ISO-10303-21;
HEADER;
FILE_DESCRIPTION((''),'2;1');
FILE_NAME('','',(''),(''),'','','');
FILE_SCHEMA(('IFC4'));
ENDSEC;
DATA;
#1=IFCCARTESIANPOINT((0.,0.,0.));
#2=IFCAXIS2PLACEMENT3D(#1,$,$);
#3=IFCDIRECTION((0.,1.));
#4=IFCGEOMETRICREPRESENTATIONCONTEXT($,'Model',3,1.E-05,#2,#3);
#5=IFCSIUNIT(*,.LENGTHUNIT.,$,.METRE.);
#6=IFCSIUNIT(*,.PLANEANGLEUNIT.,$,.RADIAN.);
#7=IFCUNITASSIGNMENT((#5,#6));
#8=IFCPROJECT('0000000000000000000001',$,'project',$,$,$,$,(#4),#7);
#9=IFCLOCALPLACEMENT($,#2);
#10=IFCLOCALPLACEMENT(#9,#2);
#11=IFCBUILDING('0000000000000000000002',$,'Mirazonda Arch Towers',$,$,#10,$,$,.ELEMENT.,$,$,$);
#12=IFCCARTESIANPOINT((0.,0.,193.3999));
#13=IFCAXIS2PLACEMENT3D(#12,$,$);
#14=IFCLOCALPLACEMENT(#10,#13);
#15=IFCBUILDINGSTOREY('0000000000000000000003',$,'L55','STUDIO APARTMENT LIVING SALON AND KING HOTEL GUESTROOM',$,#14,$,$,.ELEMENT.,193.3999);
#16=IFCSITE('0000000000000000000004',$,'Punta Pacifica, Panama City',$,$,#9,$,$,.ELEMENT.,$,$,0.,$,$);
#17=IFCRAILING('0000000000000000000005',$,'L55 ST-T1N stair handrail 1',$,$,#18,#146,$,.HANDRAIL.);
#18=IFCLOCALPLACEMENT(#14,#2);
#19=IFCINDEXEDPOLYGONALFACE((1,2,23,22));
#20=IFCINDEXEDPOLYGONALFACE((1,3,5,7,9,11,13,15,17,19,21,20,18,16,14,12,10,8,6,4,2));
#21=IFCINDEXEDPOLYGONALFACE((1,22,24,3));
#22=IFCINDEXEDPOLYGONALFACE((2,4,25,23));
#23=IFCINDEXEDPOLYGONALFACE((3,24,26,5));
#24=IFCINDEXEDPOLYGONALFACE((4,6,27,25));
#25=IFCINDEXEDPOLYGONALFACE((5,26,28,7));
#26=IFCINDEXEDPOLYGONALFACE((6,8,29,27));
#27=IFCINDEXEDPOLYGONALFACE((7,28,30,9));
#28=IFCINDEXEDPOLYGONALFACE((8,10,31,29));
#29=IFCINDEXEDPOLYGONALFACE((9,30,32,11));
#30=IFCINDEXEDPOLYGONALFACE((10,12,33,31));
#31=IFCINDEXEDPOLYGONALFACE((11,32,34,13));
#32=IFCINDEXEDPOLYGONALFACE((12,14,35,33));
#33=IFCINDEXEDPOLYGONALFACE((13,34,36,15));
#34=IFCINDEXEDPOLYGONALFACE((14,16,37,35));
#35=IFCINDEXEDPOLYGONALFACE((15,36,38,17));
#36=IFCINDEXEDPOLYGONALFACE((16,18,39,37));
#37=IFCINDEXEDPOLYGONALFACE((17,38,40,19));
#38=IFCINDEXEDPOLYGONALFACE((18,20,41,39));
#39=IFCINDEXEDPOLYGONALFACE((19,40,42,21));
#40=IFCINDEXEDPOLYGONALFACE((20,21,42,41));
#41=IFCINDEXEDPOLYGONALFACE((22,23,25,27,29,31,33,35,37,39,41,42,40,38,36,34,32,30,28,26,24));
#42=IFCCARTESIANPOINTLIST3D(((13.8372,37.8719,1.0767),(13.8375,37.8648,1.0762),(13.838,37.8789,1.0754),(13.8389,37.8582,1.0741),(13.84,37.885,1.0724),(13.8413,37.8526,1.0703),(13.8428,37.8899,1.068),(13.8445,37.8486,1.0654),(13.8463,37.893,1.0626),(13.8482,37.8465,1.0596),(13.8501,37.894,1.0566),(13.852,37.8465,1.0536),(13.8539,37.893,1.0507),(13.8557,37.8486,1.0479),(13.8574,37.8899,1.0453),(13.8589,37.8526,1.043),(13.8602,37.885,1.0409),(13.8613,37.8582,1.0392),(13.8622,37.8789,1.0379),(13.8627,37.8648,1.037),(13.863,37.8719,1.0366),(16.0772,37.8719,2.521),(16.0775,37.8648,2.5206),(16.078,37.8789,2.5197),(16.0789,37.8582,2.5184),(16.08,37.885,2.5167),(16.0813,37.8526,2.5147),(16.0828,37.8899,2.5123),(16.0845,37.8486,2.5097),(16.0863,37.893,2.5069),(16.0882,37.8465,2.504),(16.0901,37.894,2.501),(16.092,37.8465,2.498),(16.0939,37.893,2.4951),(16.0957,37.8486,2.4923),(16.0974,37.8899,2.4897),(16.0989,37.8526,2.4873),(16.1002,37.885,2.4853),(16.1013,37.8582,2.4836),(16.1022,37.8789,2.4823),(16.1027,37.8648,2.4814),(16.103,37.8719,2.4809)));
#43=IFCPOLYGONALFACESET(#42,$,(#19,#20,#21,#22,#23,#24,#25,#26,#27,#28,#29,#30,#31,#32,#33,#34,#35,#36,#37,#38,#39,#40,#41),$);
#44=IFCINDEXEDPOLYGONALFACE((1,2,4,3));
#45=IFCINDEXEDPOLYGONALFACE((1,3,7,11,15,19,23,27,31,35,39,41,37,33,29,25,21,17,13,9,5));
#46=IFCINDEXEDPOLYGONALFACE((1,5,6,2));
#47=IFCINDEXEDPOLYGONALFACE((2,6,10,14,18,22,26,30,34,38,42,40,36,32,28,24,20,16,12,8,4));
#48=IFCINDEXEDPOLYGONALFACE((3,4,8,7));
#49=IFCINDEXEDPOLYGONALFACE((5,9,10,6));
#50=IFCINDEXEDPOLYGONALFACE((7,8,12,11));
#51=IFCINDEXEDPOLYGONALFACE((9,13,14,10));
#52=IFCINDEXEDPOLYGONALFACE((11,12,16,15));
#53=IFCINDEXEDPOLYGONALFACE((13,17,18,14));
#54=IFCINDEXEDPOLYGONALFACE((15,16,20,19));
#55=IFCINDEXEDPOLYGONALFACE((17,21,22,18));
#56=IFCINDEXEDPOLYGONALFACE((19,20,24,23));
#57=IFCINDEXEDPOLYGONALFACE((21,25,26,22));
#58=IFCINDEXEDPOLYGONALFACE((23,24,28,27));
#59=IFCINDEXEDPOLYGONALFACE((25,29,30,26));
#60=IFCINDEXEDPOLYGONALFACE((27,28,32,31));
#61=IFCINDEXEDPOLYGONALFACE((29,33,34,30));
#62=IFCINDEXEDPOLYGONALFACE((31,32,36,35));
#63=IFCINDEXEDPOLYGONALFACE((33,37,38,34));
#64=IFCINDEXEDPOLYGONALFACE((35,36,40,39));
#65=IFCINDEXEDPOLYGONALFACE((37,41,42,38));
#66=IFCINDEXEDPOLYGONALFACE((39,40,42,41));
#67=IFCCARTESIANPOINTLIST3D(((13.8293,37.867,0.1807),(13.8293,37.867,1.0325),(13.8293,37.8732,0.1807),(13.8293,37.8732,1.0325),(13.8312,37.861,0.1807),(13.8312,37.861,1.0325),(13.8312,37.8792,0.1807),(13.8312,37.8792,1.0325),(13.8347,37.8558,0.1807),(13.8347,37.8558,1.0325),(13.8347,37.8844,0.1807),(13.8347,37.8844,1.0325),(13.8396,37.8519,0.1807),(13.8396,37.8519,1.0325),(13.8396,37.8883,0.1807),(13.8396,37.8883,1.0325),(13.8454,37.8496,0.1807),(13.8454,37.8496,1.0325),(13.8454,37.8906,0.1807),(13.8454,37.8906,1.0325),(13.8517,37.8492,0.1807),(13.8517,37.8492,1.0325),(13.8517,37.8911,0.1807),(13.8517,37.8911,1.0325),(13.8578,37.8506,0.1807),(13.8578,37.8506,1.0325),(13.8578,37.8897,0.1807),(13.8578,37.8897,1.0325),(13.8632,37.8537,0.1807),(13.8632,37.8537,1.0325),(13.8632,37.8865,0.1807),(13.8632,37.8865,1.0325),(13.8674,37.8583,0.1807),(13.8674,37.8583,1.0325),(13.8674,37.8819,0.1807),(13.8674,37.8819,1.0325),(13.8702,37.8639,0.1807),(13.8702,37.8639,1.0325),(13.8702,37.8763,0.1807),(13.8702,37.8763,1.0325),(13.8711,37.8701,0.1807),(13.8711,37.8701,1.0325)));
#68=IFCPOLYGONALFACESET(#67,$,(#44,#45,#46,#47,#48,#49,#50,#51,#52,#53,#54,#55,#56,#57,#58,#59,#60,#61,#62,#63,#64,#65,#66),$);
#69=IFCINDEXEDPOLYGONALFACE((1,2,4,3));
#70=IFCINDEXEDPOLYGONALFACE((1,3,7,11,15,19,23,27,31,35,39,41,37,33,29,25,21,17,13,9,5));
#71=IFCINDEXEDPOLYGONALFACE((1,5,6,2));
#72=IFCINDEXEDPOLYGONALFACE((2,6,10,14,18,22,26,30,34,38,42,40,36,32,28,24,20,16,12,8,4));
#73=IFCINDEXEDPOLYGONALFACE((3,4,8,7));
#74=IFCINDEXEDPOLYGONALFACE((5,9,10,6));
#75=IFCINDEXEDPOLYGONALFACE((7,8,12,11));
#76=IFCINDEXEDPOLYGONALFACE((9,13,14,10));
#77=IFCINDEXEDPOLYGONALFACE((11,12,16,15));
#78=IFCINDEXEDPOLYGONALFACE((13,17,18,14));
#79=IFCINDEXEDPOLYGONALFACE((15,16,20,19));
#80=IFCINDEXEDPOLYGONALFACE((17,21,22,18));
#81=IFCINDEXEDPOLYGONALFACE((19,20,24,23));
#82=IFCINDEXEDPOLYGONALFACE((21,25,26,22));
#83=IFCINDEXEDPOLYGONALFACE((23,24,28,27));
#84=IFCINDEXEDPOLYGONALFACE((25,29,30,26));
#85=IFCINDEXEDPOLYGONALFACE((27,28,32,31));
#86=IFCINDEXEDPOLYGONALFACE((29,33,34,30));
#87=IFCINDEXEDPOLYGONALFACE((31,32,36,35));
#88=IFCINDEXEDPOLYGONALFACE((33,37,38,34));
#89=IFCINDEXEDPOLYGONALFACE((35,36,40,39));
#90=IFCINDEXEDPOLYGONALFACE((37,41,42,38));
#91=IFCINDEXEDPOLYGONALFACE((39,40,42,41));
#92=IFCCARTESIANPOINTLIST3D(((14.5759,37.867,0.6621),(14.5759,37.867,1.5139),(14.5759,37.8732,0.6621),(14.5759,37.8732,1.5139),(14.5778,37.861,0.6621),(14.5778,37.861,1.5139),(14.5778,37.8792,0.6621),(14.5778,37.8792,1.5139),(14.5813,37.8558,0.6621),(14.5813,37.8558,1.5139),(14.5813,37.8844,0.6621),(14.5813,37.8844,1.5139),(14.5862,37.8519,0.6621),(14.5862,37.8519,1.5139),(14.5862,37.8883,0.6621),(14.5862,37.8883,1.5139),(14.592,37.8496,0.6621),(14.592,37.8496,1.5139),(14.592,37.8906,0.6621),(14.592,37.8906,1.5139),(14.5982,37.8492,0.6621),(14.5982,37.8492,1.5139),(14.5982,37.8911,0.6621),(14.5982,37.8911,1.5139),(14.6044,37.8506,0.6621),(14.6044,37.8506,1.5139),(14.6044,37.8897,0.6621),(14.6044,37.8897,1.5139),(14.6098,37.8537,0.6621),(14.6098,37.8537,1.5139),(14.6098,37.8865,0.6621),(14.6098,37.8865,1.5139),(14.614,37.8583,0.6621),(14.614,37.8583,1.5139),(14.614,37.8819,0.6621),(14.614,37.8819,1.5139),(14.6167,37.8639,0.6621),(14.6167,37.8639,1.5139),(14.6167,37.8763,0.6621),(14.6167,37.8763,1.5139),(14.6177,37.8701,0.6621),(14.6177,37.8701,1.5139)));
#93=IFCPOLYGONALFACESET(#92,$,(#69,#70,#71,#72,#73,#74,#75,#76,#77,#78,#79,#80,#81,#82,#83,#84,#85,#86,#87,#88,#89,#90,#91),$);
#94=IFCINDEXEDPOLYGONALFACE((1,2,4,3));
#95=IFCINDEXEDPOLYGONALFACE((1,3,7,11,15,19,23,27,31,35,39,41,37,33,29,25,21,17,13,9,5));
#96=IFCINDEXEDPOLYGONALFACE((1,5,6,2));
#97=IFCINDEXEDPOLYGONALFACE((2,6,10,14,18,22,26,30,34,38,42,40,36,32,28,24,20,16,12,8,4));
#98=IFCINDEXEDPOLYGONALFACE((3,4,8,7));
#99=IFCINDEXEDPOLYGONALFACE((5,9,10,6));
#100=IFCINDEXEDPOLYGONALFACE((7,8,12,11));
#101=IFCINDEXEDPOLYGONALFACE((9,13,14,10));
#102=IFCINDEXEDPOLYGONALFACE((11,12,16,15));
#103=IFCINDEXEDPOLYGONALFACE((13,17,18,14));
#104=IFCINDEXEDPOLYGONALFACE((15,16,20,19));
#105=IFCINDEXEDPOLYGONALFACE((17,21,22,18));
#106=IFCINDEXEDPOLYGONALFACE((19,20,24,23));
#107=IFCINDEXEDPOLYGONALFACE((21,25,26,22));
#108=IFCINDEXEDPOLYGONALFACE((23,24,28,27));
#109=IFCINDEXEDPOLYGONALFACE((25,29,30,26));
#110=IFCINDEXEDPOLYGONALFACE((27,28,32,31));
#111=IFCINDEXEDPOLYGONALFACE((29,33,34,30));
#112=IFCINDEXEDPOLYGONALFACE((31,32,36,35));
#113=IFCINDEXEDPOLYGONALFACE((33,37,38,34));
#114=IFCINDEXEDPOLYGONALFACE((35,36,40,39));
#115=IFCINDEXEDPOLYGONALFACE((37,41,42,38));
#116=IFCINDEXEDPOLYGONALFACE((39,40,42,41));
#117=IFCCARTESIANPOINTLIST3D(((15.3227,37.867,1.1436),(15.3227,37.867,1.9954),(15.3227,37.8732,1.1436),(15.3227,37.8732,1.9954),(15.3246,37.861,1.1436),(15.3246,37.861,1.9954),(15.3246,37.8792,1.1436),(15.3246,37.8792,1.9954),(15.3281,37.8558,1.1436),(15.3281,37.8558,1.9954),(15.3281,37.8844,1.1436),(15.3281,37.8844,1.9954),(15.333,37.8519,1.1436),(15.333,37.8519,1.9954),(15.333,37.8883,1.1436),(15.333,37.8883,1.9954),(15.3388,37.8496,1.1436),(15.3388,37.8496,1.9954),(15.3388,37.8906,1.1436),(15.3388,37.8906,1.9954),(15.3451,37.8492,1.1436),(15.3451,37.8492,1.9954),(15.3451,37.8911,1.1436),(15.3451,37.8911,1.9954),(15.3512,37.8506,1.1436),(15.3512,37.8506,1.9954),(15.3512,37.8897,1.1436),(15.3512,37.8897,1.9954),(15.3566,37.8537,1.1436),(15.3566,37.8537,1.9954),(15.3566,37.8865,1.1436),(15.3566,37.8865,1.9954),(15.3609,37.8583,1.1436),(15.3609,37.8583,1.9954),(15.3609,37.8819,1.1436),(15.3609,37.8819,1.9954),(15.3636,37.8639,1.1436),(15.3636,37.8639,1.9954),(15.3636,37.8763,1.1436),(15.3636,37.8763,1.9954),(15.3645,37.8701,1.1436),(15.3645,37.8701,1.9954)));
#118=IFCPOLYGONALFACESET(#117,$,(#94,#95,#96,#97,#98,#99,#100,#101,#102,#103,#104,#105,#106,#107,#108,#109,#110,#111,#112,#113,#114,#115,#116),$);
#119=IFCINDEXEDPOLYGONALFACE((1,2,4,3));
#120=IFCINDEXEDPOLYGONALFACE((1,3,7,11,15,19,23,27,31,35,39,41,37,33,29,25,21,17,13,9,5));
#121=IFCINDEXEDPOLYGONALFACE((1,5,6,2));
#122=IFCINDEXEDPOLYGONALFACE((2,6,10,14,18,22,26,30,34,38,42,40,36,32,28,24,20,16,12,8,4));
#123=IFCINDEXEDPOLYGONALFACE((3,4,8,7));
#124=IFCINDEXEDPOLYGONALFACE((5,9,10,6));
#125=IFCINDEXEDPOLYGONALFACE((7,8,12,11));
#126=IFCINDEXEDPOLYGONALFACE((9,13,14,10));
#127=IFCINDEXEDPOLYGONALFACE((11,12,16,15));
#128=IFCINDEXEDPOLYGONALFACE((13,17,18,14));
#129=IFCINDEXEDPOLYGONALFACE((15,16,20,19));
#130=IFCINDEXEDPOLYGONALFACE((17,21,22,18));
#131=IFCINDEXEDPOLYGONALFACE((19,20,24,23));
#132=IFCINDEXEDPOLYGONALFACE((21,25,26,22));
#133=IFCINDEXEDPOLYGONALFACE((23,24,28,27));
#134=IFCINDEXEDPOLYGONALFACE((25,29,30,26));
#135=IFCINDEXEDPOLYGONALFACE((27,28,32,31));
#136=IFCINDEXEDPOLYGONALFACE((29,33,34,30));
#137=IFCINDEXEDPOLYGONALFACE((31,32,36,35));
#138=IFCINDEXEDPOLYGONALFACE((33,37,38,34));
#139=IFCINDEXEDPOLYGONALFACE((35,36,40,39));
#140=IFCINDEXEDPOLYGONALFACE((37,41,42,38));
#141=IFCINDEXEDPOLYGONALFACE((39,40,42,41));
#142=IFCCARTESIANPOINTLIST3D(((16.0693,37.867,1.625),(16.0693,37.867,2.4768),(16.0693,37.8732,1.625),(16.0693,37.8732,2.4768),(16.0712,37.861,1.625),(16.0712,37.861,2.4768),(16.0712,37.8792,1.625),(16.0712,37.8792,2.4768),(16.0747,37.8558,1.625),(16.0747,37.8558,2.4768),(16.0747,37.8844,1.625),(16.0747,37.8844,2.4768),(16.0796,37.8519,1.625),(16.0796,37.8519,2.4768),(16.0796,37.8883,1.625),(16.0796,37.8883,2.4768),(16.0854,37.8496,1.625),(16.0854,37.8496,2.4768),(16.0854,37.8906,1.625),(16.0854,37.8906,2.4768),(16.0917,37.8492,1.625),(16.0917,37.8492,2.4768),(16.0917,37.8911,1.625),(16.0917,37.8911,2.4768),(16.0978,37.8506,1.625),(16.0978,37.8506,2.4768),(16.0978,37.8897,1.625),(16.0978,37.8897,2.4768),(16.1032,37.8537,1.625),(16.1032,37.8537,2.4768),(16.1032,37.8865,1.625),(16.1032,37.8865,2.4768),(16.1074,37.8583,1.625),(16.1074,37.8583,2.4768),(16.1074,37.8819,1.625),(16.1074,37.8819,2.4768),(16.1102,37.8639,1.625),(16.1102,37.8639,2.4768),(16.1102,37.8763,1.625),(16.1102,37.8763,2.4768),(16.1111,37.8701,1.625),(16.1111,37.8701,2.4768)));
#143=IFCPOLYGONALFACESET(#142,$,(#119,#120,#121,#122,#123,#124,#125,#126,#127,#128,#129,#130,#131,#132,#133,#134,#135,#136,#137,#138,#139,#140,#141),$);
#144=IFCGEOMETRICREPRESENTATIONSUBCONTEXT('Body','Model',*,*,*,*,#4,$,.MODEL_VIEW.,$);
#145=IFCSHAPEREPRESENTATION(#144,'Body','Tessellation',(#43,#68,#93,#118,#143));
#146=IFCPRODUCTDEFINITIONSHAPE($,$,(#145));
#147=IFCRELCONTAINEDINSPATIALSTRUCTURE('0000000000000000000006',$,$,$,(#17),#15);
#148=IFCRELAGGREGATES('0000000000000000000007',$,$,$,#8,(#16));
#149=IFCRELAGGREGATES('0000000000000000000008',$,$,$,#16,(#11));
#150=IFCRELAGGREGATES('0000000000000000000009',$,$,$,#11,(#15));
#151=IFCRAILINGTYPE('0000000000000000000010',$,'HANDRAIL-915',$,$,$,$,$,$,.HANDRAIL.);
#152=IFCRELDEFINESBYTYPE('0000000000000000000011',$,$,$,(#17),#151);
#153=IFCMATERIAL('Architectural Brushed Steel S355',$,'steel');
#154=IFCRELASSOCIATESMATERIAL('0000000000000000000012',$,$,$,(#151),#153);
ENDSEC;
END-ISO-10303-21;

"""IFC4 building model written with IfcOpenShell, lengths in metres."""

from ifc_helpers import new_model, si_unit, direction, frame, origin, origin_2d, place, context, subcontext, project, spatial, circle, extrude, material, type_object, element, save


model = new_model("IFC4")

# Units and contexts
model_context = context("Model", 3, precision=1e-05, world=origin(), true_north=direction((0.0, 1.0)))
body_context = subcontext(model_context, "Body", "Model", "MODEL_VIEW")
ifc_project = project(units=[si_unit("LENGTHUNIT", "METRE"), si_unit("PLANEANGLEUNIT", "RADIAN")], contexts=[model_context])

# Site, building, storey
site_placement = place(None, origin())
site = spatial("IfcSite", under=ifc_project, at=site_placement, Name="Punta Pacifica, Panama City", CompositionType="ELEMENT", RefElevation=0.0)
building_placement = place(site_placement, origin())
building = spatial("IfcBuilding", under=site, at=building_placement, Name="Mirazonda Arch Towers", CompositionType="ELEMENT")
storey_placement = place(building_placement, frame((0.0, 0.0, 193.3999)))
storey = spatial("IfcBuildingStorey", under=building, at=storey_placement, Name="L55", Description="STUDIO APARTMENT LIVING SALON AND KING HOTEL GUESTROOM", CompositionType="ELEMENT", Elevation=193.3999)

# Shared definitions
ifc_material_1 = material(Name="Architectural Brushed Steel S355", Category="steel")

# Railing
railing_type = type_object("IfcRailingType", Name="HANDRAIL-915", PredefinedType="HANDRAIL", material=ifc_material_1)
railing_placement = place(storey_placement, frame((13.8501, 37.8701, 0.1807)))
element("IfcRailing", 1, at=railing_placement, inside=storey, type_object=railing_type, Name="L55 ST-T1N stair handrail 1", PredefinedType="HANDRAIL", context=body_context, shape_type="SweptSolid", body=[
    extrude(circle(Radius=0.0239, at=origin_2d()), frame((0.0, 0.0, 0.876), z_axis=(0.840437, 0.0, 0.54191), x_axis=(0.0, 1.0, 0.0)), (0.0, 0.0, 1.0), 2.6653),
    extrude(circle(Radius=0.021, at=origin_2d()), origin(), (0.0, 0.0, 1.0), 0.8518),
    extrude(circle(Radius=0.021, at=origin_2d()), frame((0.7466, 0.0, 0.4814)), (0.0, 0.0, 1.0), 0.8518),
    extrude(circle(Radius=0.021, at=origin_2d()), frame((1.4934, 0.0, 0.9629)), (0.0, 0.0, 1.0), 0.8518),
    extrude(circle(Radius=0.021, at=origin_2d()), frame((2.24, 0.0, 1.4443)), (0.0, 0.0, 1.0), 0.8518),
])

save(model, "model.ifc")
